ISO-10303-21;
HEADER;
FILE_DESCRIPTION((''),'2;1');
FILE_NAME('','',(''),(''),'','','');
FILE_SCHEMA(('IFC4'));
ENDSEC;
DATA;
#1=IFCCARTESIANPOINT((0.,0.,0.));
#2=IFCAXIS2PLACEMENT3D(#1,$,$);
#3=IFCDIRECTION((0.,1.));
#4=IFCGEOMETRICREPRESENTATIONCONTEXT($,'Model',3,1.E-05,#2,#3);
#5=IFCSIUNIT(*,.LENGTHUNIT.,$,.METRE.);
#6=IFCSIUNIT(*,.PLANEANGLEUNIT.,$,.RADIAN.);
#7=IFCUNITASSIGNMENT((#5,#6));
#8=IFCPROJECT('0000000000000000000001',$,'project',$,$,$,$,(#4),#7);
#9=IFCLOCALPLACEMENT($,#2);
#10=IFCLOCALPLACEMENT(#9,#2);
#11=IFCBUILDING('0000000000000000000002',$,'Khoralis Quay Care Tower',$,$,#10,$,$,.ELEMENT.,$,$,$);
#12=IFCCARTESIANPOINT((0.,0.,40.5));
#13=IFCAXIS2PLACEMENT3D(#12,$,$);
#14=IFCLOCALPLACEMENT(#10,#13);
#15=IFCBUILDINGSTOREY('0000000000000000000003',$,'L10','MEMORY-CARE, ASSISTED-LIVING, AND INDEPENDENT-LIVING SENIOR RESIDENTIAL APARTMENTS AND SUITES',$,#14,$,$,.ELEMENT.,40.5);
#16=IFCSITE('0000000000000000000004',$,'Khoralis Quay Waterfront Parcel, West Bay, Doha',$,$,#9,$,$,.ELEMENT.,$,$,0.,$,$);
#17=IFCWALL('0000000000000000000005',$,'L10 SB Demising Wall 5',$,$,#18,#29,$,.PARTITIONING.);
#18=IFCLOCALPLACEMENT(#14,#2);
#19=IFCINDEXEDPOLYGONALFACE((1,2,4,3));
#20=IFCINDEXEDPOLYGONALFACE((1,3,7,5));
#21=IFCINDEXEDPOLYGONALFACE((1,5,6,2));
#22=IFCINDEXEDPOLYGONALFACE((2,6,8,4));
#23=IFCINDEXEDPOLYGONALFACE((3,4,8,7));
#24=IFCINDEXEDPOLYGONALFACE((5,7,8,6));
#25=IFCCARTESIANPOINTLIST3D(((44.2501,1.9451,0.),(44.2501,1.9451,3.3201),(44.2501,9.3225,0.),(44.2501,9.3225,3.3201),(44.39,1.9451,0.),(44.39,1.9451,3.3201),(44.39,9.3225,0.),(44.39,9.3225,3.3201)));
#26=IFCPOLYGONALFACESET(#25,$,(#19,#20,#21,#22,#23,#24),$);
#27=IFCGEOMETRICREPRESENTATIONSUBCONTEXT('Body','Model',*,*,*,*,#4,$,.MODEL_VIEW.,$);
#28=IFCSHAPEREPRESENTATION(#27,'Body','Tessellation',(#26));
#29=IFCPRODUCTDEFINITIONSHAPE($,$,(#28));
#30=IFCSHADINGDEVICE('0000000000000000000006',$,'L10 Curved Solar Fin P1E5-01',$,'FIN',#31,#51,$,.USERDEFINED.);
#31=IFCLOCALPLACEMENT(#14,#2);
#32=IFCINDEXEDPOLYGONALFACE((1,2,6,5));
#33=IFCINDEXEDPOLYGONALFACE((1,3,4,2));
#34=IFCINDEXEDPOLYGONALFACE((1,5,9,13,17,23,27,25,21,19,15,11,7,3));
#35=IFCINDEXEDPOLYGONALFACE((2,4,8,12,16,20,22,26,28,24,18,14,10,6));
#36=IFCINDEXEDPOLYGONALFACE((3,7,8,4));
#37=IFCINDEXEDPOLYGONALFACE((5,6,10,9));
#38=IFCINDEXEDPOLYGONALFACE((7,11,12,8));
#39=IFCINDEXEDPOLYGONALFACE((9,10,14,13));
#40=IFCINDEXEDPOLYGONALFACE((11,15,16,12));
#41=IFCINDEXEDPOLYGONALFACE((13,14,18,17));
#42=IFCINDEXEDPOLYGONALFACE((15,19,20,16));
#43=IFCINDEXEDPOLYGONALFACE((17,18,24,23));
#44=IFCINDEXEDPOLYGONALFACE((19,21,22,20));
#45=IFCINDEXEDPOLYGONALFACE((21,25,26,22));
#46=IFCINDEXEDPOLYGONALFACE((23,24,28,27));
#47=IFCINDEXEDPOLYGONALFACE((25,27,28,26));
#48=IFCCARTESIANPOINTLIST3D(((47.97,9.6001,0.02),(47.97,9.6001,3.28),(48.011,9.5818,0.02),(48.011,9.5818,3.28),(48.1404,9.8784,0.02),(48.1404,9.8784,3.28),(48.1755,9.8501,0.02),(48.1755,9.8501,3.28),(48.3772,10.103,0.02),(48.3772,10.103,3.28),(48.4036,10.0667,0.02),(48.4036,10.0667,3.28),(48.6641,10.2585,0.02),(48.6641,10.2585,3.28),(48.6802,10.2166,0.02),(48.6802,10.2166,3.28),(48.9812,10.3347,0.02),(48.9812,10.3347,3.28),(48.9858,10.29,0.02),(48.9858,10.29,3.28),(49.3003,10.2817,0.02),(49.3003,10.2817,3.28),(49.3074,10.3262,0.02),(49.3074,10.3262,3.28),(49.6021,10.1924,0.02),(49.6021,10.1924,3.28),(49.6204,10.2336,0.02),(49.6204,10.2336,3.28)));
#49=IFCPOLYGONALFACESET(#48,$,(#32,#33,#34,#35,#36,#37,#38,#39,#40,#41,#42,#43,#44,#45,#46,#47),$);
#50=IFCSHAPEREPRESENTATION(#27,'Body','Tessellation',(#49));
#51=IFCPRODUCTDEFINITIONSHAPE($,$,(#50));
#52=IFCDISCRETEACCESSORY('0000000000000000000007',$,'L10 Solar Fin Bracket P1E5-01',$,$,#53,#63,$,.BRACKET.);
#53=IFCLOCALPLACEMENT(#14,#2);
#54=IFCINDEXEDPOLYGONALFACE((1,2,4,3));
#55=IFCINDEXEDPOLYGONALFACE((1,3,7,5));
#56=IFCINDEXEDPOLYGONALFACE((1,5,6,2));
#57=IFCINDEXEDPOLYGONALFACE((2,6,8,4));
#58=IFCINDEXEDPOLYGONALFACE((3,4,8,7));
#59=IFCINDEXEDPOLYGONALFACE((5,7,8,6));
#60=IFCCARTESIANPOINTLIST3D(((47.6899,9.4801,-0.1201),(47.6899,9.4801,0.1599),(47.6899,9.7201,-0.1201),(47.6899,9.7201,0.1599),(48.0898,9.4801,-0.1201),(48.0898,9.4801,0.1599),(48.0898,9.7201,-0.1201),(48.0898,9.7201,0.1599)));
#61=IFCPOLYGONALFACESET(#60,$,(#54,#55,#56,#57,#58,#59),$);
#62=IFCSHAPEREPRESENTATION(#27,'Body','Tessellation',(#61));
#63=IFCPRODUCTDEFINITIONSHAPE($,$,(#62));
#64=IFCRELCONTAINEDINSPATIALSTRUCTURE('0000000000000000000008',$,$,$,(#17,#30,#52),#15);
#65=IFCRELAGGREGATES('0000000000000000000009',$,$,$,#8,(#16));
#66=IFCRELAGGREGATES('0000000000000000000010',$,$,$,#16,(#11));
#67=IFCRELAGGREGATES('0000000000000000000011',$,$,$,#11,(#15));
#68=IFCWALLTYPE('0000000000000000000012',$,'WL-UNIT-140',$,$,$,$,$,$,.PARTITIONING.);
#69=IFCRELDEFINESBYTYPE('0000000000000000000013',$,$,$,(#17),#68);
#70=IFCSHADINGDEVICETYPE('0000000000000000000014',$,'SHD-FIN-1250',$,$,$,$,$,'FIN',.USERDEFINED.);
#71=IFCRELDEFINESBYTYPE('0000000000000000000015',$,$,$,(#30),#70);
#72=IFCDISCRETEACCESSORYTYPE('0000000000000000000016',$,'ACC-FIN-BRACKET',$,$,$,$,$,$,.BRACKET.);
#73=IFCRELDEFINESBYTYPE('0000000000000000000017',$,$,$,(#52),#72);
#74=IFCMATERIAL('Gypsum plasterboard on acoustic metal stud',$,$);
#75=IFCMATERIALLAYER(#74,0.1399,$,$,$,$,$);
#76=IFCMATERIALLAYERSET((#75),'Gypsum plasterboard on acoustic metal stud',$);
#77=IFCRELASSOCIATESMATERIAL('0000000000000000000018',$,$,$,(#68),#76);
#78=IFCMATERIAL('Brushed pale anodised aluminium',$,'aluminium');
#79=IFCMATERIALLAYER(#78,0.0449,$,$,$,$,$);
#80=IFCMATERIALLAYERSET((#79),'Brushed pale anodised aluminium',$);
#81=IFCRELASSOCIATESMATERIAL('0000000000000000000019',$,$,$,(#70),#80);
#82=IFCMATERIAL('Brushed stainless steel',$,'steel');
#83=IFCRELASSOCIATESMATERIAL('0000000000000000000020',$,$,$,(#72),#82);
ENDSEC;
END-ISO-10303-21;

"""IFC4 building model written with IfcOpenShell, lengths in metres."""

from ifc_helpers import new_model, si_unit, direction, frame, frame_2d, origin, origin_2d, place, context, subcontext, project, spatial, polyline, rectangle, outline, extrude, source, transform, mapped, material, layer, layer_set, type_object, element, save


model = new_model("IFC4")

# Units and contexts
model_context = context("Model", 3, precision=1e-05, world=origin(), true_north=direction((0.0, 1.0)))
body_context = subcontext(model_context, "Body", "Model", "MODEL_VIEW")
ifc_project = project(units=[si_unit("LENGTHUNIT", "METRE"), si_unit("PLANEANGLEUNIT", "RADIAN")], contexts=[model_context])

# Site, building, storey
site_placement = place(None, origin())
site = spatial("IfcSite", under=ifc_project, at=site_placement, Name="Khoralis Quay Waterfront Parcel, West Bay, Doha", CompositionType="ELEMENT", RefElevation=0.0)
building_placement = place(site_placement, origin())
building = spatial("IfcBuilding", under=site, at=building_placement, Name="Khoralis Quay Care Tower", CompositionType="ELEMENT")
storey_placement = place(building_placement, frame((0.0, 0.0, 40.5)))
storey = spatial("IfcBuildingStorey", under=building, at=storey_placement, Name="L10", Description="MEMORY-CARE, ASSISTED-LIVING, AND INDEPENDENT-LIVING SENIOR RESIDENTIAL APARTMENTS AND SUITES", CompositionType="ELEMENT", Elevation=40.5)

# Shared definitions
ifc_material_1 = material(Name="Gypsum plasterboard on acoustic metal stud")

# Wall
ifc_layer_1 = layer(ifc_material_1, 0.1399)
ifc_layer_set_1 = layer_set([ifc_layer_1], Name="Gypsum plasterboard on acoustic metal stud")
wall_type_1 = type_object("IfcWallType", Name="WL-UNIT-140", PredefinedType="PARTITIONING", material=ifc_layer_set_1)
wall_1_placement = place(storey_placement, frame((44.3201, 1.9451, 0.0), z_axis=(0.0, 0.0, 1.0), x_axis=(0.0, 1.0, 0.0)))
element("IfcWall", 1, at=wall_1_placement, inside=storey, type_object=wall_type_1, Name="L10 SB Demising Wall 5", PredefinedType="PARTITIONING", context=body_context, shape_type="SweptSolid", body=[
    extrude(rectangle(XDim=7.3774, YDim=0.1399, at=frame_2d((3.6887, 0.0))), origin(), (0.0, 0.0, 1.0), 3.3201),
])

# Shading device
ifc_material_2 = material(Name="Brushed pale anodised aluminium", Category="aluminium")
ifc_layer_2 = layer(ifc_material_2, 0.0449)
ifc_layer_set_2 = layer_set([ifc_layer_2], Name="Brushed pale anodised aluminium")
shading_device_type = type_object("IfcShadingDeviceType", Name="SHD-FIN-1250", ElementType="FIN", PredefinedType="USERDEFINED", material=ifc_layer_set_2)
shared_shape_1 = source(origin(), body_context, "Body", "SweptSolid", [
    extrude(outline(polyline([(0.0, 0.0), (0.1704, 0.2783), (0.4072, 0.5029), (0.6941, 0.6584), (1.0112, 0.7346), (1.3374, 0.7261), (1.6504, 0.6335), (1.6321, 0.5923), (1.3303, 0.6816), (1.0159, 0.6899), (0.7102, 0.6165), (0.4336, 0.4666), (0.2056, 0.25), (0.041, -0.0183), (0.0, 0.0)])), origin(), (0.0, 0.0, 1.0), 3.26),
])
shading_device_placement = place(storey_placement, frame((47.97, 9.6001, 0.02), z_axis=(0.0, 0.0, 1.0), x_axis=(1.0, 0.0, 0.0)))
element("IfcShadingDevice", 2, at=shading_device_placement, inside=storey, type_object=shading_device_type, Name="L10 Curved Solar Fin P1E5-01", ObjectType="FIN", PredefinedType="USERDEFINED", context=body_context, shape_type="MappedRepresentation", body=[
    mapped(shared_shape_1, transform((0.0, 0.0, 0.0), scale=1.0)),
])

# Discrete accessory
ifc_material_3 = material(Name="Brushed stainless steel", Category="steel")
discrete_accessory_type = type_object("IfcDiscreteAccessoryType", Name="ACC-FIN-BRACKET", PredefinedType="BRACKET", material=ifc_material_3)
shared_shape_2 = source(origin(), body_context, "Body", "SweptSolid", [
    extrude(rectangle(XDim=0.3999, YDim=0.24, at=origin_2d()), origin(), (0.0, 0.0, 1.0), 0.28),
])
discrete_accessory_placement = place(storey_placement, frame((47.8899, 9.6001, -0.1201), z_axis=(0.0, 0.0, 1.0), x_axis=(1.0, 0.0, 0.0)))
element("IfcDiscreteAccessory", 3, at=discrete_accessory_placement, inside=storey, type_object=discrete_accessory_type, Name="L10 Solar Fin Bracket P1E5-01", PredefinedType="BRACKET", context=body_context, shape_type="MappedRepresentation", body=[
    mapped(shared_shape_2, transform((0.0, 0.0, 0.0), scale=1.0)),
])

save(model, "model.ifc")
